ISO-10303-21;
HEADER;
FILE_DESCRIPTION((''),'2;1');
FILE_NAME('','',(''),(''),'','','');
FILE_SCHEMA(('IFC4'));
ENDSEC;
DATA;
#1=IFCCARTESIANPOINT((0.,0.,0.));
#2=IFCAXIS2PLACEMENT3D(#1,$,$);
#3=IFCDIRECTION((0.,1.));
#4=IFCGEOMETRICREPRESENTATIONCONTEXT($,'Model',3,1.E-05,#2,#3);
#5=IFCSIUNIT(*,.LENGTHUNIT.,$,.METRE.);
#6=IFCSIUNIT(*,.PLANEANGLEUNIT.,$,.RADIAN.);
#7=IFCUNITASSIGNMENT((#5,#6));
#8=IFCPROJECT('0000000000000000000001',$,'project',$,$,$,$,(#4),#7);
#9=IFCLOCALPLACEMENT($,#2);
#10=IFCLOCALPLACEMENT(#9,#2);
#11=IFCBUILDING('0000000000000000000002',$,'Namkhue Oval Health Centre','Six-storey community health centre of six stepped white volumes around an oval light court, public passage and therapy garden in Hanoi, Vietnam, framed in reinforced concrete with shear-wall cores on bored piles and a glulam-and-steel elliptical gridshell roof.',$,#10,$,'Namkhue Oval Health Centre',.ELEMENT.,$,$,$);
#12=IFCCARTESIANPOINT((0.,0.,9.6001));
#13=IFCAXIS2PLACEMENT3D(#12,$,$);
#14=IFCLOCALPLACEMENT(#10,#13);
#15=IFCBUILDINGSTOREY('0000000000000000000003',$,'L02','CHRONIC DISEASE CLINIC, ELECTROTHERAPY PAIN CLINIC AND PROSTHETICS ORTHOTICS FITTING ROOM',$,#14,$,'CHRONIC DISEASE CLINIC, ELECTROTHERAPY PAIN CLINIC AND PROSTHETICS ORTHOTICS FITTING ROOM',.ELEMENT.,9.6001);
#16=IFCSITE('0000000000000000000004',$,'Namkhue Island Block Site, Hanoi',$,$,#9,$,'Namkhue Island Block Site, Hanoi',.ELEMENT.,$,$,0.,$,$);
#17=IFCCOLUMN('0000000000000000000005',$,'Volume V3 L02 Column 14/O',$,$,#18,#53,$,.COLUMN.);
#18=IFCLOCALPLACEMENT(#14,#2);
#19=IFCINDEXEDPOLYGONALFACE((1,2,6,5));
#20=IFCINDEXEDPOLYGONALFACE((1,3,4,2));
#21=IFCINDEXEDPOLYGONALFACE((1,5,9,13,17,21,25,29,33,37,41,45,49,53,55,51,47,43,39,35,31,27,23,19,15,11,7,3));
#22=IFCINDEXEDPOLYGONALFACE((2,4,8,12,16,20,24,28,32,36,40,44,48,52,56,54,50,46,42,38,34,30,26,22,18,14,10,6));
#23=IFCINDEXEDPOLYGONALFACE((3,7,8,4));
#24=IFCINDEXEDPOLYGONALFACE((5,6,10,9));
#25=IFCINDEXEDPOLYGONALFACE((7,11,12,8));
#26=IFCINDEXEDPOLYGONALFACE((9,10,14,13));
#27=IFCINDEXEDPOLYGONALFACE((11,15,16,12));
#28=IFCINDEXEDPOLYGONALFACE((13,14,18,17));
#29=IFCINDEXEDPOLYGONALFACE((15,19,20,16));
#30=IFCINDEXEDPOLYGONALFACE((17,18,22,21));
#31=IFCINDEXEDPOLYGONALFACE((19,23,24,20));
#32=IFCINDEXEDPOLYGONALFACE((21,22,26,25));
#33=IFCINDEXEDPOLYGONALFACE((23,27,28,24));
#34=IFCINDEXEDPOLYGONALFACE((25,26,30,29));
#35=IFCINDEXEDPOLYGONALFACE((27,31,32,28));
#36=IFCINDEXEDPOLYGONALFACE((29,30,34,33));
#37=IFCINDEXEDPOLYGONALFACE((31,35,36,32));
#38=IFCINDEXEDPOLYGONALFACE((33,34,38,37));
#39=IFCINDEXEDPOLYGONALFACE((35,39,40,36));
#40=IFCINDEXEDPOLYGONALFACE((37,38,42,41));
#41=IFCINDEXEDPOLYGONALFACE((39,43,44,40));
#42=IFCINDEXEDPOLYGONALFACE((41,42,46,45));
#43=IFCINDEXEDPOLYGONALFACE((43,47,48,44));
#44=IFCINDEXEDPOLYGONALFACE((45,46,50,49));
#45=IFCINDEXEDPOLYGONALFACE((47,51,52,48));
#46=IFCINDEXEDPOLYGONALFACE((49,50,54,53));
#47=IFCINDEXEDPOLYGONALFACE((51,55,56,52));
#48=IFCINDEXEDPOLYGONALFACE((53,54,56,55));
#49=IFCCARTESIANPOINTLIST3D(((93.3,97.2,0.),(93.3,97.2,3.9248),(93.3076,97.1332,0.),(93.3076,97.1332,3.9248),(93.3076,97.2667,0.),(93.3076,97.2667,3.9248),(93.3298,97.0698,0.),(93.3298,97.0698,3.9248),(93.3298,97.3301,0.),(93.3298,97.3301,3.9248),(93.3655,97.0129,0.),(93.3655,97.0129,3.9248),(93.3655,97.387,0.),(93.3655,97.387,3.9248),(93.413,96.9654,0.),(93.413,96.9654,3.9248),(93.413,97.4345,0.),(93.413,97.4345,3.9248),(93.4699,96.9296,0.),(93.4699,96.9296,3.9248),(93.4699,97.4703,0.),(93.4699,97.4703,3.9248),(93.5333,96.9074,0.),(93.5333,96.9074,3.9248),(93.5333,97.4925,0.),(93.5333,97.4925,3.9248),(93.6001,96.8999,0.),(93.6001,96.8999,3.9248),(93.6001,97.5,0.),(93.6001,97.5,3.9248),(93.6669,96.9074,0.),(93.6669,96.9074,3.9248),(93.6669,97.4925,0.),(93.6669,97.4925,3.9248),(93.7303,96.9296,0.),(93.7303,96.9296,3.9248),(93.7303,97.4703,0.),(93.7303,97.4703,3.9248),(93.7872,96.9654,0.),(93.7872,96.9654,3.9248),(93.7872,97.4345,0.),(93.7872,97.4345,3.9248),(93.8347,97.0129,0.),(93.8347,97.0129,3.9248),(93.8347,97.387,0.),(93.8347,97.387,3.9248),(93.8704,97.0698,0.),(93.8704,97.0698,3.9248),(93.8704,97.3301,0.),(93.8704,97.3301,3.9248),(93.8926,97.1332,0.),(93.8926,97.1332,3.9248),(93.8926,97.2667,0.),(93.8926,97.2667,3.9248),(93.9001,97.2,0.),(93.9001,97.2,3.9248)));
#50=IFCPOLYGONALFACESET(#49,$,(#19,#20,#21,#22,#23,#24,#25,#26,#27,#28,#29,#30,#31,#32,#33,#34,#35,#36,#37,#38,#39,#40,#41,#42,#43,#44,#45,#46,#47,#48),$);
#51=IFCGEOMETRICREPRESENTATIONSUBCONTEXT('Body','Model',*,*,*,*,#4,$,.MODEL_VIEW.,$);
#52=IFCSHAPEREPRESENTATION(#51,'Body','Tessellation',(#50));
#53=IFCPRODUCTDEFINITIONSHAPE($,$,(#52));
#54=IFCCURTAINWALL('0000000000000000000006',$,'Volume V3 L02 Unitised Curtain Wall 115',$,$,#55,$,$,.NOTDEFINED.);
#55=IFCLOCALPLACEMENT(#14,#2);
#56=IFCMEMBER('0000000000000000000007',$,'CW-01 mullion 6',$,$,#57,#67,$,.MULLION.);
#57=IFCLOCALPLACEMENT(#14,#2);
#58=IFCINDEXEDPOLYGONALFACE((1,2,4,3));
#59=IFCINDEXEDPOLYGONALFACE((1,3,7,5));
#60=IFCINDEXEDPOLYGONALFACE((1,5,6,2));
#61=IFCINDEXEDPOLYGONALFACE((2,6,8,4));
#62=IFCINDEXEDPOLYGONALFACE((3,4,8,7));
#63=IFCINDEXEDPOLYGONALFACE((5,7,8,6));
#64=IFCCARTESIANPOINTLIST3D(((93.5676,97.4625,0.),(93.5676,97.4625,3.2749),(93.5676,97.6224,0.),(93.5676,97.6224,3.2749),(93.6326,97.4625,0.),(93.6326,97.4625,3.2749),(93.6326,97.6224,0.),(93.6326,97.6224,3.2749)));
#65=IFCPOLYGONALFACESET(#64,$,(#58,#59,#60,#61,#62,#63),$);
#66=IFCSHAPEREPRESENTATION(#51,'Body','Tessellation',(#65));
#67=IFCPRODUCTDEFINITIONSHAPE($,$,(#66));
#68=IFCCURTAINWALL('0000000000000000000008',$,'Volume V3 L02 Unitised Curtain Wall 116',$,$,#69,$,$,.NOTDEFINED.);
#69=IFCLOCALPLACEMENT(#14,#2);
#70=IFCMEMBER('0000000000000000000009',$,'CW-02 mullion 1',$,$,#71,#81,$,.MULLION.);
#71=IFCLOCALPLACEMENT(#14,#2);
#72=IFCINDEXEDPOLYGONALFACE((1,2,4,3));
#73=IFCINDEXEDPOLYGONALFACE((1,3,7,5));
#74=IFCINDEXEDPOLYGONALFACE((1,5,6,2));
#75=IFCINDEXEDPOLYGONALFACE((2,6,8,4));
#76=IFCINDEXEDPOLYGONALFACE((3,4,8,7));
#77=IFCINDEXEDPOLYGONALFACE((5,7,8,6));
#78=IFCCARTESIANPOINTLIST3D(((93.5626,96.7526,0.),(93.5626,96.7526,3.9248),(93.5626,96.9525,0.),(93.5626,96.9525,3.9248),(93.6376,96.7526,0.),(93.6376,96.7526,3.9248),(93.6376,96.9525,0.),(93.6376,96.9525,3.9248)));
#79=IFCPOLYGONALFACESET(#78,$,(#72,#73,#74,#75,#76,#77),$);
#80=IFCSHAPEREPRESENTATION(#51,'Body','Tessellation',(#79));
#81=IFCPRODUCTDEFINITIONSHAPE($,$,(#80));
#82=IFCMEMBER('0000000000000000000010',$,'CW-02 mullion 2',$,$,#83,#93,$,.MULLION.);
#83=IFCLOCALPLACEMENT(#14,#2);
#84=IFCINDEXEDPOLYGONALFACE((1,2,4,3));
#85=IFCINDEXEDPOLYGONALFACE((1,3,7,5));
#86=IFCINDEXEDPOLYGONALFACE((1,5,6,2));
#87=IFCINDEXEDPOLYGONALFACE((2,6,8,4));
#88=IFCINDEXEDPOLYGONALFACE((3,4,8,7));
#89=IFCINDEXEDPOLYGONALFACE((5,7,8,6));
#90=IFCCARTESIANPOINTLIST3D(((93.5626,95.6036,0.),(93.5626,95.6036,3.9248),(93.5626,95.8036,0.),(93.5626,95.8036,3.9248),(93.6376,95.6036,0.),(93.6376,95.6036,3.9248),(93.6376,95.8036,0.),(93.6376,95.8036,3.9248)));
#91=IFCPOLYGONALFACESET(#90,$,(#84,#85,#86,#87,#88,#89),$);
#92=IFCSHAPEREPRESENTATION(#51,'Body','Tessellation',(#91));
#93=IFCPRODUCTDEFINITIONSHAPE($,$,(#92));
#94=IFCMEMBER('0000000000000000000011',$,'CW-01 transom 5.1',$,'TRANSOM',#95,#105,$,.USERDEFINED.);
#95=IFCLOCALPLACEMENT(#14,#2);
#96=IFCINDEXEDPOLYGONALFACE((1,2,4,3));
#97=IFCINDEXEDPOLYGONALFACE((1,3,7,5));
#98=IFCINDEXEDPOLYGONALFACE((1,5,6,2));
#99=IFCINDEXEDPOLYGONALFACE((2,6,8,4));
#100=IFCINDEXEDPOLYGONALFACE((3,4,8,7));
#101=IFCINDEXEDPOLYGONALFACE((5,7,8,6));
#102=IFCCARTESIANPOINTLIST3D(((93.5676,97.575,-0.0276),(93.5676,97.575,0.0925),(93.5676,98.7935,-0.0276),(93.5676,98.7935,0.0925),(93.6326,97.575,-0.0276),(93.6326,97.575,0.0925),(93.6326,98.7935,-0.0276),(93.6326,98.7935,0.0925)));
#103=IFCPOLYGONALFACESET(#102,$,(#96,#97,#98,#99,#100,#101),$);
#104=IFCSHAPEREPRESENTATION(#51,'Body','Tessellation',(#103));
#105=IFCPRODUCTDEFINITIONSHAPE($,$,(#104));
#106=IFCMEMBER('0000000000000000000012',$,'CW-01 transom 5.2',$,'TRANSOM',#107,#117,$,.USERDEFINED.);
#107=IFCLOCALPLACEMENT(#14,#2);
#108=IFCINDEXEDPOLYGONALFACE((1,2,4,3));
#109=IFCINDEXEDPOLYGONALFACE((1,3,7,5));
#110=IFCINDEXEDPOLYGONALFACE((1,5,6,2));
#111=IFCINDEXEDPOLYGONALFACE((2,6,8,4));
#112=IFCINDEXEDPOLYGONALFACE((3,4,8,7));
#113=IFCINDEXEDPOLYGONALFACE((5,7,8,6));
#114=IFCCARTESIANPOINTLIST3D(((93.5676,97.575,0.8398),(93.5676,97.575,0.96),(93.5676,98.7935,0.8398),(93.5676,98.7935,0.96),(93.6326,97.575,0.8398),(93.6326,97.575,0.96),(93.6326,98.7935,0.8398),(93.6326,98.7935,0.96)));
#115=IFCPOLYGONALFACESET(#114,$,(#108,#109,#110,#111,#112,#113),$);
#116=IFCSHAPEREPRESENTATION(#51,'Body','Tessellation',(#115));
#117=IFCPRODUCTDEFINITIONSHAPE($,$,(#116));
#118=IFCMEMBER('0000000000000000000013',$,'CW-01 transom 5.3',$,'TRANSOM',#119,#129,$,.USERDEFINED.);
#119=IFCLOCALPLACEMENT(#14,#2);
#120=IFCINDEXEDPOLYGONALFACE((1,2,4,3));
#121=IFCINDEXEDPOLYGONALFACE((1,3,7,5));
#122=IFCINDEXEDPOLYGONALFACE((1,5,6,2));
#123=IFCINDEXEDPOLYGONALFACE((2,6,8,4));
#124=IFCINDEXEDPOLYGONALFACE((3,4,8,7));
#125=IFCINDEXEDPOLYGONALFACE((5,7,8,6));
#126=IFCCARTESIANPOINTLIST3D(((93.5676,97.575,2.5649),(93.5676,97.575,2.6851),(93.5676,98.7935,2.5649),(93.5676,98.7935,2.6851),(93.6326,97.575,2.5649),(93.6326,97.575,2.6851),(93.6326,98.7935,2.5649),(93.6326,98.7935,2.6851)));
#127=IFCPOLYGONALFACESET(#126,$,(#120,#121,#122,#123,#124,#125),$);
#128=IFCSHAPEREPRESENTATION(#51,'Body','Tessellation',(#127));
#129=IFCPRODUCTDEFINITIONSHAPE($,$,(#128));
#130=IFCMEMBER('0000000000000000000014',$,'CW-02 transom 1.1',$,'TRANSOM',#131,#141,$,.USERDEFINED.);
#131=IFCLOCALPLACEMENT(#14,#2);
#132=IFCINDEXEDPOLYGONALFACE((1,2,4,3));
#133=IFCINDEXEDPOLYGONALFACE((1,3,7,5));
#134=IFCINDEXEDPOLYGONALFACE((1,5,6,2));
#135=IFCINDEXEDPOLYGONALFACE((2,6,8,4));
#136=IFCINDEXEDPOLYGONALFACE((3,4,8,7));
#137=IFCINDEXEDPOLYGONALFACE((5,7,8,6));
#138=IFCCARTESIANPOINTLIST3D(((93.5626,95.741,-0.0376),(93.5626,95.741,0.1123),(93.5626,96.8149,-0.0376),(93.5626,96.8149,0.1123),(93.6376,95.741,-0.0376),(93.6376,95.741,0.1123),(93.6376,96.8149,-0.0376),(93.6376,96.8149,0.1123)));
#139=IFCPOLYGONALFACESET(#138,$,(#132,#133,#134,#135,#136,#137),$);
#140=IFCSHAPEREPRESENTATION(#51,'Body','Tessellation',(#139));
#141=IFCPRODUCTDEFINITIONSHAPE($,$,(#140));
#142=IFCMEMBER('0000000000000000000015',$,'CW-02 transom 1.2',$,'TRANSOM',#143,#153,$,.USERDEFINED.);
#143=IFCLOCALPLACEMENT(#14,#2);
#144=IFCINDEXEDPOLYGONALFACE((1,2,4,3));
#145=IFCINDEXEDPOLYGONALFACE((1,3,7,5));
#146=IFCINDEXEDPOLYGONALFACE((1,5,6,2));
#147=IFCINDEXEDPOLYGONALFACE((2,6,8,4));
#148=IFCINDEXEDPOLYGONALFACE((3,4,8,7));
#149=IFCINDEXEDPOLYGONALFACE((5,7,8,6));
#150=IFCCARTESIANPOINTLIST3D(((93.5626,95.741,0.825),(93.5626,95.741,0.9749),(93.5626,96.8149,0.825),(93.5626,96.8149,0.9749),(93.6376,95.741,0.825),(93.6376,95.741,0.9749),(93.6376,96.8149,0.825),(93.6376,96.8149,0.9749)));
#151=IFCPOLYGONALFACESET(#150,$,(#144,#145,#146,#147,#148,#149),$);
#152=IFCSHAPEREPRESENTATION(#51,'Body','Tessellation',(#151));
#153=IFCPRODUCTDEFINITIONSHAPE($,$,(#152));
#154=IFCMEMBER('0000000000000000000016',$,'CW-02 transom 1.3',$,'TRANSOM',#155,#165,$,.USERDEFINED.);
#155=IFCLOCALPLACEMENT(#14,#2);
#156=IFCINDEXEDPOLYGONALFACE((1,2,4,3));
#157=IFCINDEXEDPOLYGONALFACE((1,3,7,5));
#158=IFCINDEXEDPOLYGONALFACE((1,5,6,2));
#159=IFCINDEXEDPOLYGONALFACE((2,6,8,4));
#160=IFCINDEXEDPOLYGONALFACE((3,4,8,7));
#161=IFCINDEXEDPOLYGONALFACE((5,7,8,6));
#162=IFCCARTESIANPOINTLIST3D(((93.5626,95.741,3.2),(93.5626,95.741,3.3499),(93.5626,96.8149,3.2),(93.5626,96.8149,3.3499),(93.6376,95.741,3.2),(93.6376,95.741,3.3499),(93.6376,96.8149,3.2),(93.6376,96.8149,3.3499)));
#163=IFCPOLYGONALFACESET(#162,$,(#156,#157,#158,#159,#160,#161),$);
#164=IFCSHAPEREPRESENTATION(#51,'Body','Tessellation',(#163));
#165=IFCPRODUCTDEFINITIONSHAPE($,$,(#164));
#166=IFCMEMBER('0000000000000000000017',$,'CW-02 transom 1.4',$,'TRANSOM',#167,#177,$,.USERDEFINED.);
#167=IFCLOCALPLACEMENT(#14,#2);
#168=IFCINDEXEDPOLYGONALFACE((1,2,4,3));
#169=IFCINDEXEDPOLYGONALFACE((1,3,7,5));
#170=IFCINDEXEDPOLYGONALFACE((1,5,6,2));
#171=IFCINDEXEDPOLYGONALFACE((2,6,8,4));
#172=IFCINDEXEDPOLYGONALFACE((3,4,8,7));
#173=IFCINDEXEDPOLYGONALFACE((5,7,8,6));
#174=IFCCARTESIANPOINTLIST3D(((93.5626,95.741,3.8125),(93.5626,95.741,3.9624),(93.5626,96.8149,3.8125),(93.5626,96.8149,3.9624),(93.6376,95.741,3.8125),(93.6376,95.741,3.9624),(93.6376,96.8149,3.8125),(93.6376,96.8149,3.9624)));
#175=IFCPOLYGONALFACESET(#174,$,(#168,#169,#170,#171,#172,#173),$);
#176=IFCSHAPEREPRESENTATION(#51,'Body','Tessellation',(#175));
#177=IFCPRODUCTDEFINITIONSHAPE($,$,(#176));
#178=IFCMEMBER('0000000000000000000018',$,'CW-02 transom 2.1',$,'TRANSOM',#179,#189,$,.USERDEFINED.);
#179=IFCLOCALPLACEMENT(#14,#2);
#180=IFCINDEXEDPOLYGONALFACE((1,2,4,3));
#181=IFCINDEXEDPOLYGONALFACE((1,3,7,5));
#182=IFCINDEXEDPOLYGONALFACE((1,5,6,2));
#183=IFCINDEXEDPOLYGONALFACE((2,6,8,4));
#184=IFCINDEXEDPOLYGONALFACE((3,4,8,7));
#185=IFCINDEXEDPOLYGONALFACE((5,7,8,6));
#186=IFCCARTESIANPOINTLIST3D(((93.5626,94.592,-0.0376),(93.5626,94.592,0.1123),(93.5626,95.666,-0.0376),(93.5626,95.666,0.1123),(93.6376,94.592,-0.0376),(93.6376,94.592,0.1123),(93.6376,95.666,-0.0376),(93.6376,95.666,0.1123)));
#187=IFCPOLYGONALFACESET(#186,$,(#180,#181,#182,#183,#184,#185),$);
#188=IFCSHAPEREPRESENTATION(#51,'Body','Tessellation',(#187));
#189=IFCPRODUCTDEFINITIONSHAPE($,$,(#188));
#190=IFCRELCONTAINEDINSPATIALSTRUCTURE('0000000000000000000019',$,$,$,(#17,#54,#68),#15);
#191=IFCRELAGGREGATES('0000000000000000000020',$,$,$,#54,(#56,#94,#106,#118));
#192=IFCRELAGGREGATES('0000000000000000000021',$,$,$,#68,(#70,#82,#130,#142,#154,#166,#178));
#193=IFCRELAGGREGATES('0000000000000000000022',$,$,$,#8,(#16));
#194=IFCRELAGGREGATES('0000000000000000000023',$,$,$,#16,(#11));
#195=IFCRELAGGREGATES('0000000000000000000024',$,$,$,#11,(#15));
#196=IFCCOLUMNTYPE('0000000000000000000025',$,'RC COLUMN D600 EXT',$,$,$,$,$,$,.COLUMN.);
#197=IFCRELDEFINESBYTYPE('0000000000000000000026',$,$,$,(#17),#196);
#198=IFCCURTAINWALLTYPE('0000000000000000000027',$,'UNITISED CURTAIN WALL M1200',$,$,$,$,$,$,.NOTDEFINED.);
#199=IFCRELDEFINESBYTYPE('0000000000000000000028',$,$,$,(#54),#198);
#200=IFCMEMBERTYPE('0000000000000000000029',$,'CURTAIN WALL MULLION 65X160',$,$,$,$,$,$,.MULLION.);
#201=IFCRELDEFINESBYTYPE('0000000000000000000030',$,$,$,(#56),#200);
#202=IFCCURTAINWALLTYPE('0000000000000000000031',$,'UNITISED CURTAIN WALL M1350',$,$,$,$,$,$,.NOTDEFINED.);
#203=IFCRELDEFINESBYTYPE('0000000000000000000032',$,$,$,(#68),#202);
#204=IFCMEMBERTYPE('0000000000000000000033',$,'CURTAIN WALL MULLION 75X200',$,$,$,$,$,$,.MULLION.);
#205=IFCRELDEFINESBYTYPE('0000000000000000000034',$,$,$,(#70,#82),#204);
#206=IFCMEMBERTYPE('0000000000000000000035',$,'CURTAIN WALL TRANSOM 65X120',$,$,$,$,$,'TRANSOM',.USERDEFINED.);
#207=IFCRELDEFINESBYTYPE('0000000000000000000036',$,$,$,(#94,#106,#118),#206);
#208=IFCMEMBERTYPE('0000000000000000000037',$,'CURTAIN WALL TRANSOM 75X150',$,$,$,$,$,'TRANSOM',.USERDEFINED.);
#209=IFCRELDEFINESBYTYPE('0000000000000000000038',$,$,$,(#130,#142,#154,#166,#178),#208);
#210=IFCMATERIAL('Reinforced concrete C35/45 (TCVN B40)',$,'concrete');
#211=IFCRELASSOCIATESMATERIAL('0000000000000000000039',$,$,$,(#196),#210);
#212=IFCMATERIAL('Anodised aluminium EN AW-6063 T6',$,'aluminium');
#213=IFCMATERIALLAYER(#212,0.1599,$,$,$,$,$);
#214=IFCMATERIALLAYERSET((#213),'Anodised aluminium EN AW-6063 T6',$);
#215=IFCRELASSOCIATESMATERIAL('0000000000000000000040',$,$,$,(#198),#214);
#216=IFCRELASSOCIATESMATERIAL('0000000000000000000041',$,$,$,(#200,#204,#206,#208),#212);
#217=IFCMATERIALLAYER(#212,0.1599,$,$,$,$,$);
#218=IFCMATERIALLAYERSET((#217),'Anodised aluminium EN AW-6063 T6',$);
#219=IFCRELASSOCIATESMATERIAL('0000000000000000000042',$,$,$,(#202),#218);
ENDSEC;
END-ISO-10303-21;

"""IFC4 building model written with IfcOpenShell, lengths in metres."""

from ifc_helpers import new_model, si_unit, direction, frame, origin, origin_2d, place, context, subcontext, project, spatial, rectangle, circle, extrude, material, layer, layer_set, material_profile, profile_set, type_object, element, aggregate, save


model = new_model("IFC4")

# Units and contexts
model_context = context("Model", 3, precision=1e-05, world=origin(), true_north=direction((0.0, 1.0)))
body_context = subcontext(model_context, "Body", "Model", "MODEL_VIEW")
ifc_project = project(units=[si_unit("LENGTHUNIT", "METRE"), si_unit("PLANEANGLEUNIT", "RADIAN")], contexts=[model_context])

# Site, building, storey
site_placement = place(None, origin())
site = spatial("IfcSite", under=ifc_project, at=site_placement, Name="Namkhue Island Block Site, Hanoi", LongName="Namkhue Island Block Site, Hanoi", CompositionType="ELEMENT", RefElevation=0.0)
building_placement = place(site_placement, origin())
building = spatial("IfcBuilding", under=site, at=building_placement, Name="Namkhue Oval Health Centre", Description="Six-storey community health centre of six stepped white volumes around an oval light court, public passage and therapy garden in Hanoi, Vietnam, framed in reinforced concrete with shear-wall cores on bored piles and a glulam-and-steel elliptical gridshell roof.", LongName="Namkhue Oval Health Centre", CompositionType="ELEMENT")
storey_placement = place(building_placement, frame((0.0, 0.0, 9.6001)))
storey = spatial("IfcBuildingStorey", under=building, at=storey_placement, Name="L02", Description="CHRONIC DISEASE CLINIC, ELECTROTHERAPY PAIN CLINIC AND PROSTHETICS ORTHOTICS FITTING ROOM", LongName="CHRONIC DISEASE CLINIC, ELECTROTHERAPY PAIN CLINIC AND PROSTHETICS ORTHOTICS FITTING ROOM", CompositionType="ELEMENT", Elevation=9.6001)

# Column
ifc_material_1 = material(Name="Reinforced concrete C35/45 (TCVN B40)", Category="concrete")
ifc_material_profile_1 = material_profile(ifc_material_1, circle(Radius=0.3, at=origin_2d()), Name="RC D600")
ifc_profile_set_1 = profile_set([ifc_material_profile_1], Name="Reinforced concrete C35/45 (TCVN B40)")
column_type = type_object("IfcColumnType", Name="RC COLUMN D600 EXT", PredefinedType="COLUMN", material=ifc_profile_set_1)
column_placement = place(storey_placement, frame((93.6001, 97.2, 0.0), z_axis=(0.0, 0.0, 1.0), x_axis=(1.0, 0.0, 0.0)))
element("IfcColumn", 1, at=column_placement, inside=storey, type_object=column_type, Name="Volume V3 L02 Column 14/O", PredefinedType="COLUMN", context=body_context, shape_type="SweptSolid", body=[
    extrude(circle(Radius=0.3, at=origin_2d()), origin(), (0.0, 0.0, 1.0), 3.9248),
])

# Curtain wall, member
ifc_material_2 = material(Name="Anodised aluminium EN AW-6063 T6", Category="aluminium")
ifc_layer_1 = layer(ifc_material_2, 0.1599)
ifc_layer_set_1 = layer_set([ifc_layer_1], Name="Anodised aluminium EN AW-6063 T6")
curtain_wall_type_1 = type_object("IfcCurtainWallType", Name="UNITISED CURTAIN WALL M1200", PredefinedType="NOTDEFINED", material=ifc_layer_set_1)
curtain_wall_1_placement = place(storey_placement, origin())
curtain_wall_1 = element("IfcCurtainWall", 2, at=curtain_wall_1_placement, inside=storey, type_object=curtain_wall_type_1, Name="Volume V3 L02 Unitised Curtain Wall 115", PredefinedType="NOTDEFINED")
ifc_material_profile_2 = material_profile(ifc_material_2, rectangle(XDim=0.0649, YDim=0.1599, at=origin_2d()), Name="ALU 65x160")
ifc_profile_set_2 = profile_set([ifc_material_profile_2], Name="Anodised aluminium EN AW-6063 T6")
member_type_1 = type_object("IfcMemberType", Name="CURTAIN WALL MULLION 65X160", PredefinedType="MULLION", material=ifc_profile_set_2)
member_1_placement = place(storey_placement, frame((93.6001, 97.5425, 0.0), z_axis=(0.0, 0.0, 1.0), x_axis=(1.0, 0.0, 0.0)))
member_1 = element("IfcMember", 3, at=member_1_placement, type_object=member_type_1, Name="CW-01 mullion 6", PredefinedType="MULLION", context=body_context, shape_type="SweptSolid", body=[
    extrude(rectangle(XDim=0.0649, YDim=0.1599, at=origin_2d()), origin(), (0.0, 0.0, 1.0), 3.2749),
])

# Curtain wall, members
ifc_layer_2 = layer(ifc_material_2, 0.1599)
ifc_layer_set_2 = layer_set([ifc_layer_2], Name="Anodised aluminium EN AW-6063 T6")
curtain_wall_type_2 = type_object("IfcCurtainWallType", Name="UNITISED CURTAIN WALL M1350", PredefinedType="NOTDEFINED", material=ifc_layer_set_2)
curtain_wall_2_placement = place(storey_placement, origin())
curtain_wall_2 = element("IfcCurtainWall", 4, at=curtain_wall_2_placement, inside=storey, type_object=curtain_wall_type_2, Name="Volume V3 L02 Unitised Curtain Wall 116", PredefinedType="NOTDEFINED")
ifc_material_profile_3 = material_profile(ifc_material_2, rectangle(XDim=0.075, YDim=0.2, at=origin_2d()), Name="ALU 75x200")
ifc_profile_set_3 = profile_set([ifc_material_profile_3], Name="Anodised aluminium EN AW-6063 T6")
member_type_2 = type_object("IfcMemberType", Name="CURTAIN WALL MULLION 75X200", PredefinedType="MULLION", material=ifc_profile_set_3)
member_2_placement = place(storey_placement, frame((93.6001, 96.8525, 0.0), z_axis=(0.0, 0.0, 1.0), x_axis=(1.0, 0.0, 0.0)))
member_2 = element("IfcMember", 5, at=member_2_placement, type_object=member_type_2, Name="CW-02 mullion 1", PredefinedType="MULLION", context=body_context, shape_type="SweptSolid", body=[
    extrude(rectangle(XDim=0.075, YDim=0.2, at=origin_2d()), origin(), (0.0, 0.0, 1.0), 3.9248),
])
member_3_placement = place(storey_placement, frame((93.6001, 95.7036, 0.0), z_axis=(0.0, 0.0, 1.0), x_axis=(1.0, 0.0, 0.0)))
member_3 = element("IfcMember", 6, at=member_3_placement, type_object=member_type_2, Name="CW-02 mullion 2", PredefinedType="MULLION", context=body_context, shape_type="SweptSolid", body=[
    extrude(rectangle(XDim=0.075, YDim=0.2, at=origin_2d()), origin(), (0.0, 0.0, 1.0), 3.9248),
])

# Members
ifc_material_profile_4 = material_profile(ifc_material_2, rectangle(XDim=0.0649, YDim=0.1201, at=origin_2d()), Name="ALU 65x120")
ifc_profile_set_4 = profile_set([ifc_material_profile_4], Name="Anodised aluminium EN AW-6063 T6")
member_type_3 = type_object("IfcMemberType", Name="CURTAIN WALL TRANSOM 65X120", ElementType="TRANSOM", PredefinedType="USERDEFINED", material=ifc_profile_set_4)
member_4_placement = place(storey_placement, frame((93.6001, 98.7935, 0.0325), z_axis=(0.0, -1.0, 0.0), x_axis=(1.0, 0.0, 0.0)))
member_4 = element("IfcMember", 7, at=member_4_placement, type_object=member_type_3, Name="CW-01 transom 5.1", ObjectType="TRANSOM", PredefinedType="USERDEFINED", context=body_context, shape_type="SweptSolid", body=[
    extrude(rectangle(XDim=0.0649, YDim=0.1201, at=origin_2d()), origin(), (0.0, 0.0, 1.0), 1.2185),
])
member_5_placement = place(storey_placement, frame((93.6001, 98.7935, 0.8999), z_axis=(0.0, -1.0, 0.0), x_axis=(1.0, 0.0, 0.0)))
member_5 = element("IfcMember", 8, at=member_5_placement, type_object=member_type_3, Name="CW-01 transom 5.2", ObjectType="TRANSOM", PredefinedType="USERDEFINED", context=body_context, shape_type="SweptSolid", body=[
    extrude(rectangle(XDim=0.0649, YDim=0.1201, at=origin_2d()), origin(), (0.0, 0.0, 1.0), 1.2185),
])
member_6_placement = place(storey_placement, frame((93.6001, 98.7935, 2.625), z_axis=(0.0, -1.0, 0.0), x_axis=(1.0, 0.0, 0.0)))
member_6 = element("IfcMember", 9, at=member_6_placement, type_object=member_type_3, Name="CW-01 transom 5.3", ObjectType="TRANSOM", PredefinedType="USERDEFINED", context=body_context, shape_type="SweptSolid", body=[
    extrude(rectangle(XDim=0.0649, YDim=0.1201, at=origin_2d()), origin(), (0.0, 0.0, 1.0), 1.2185),
])
ifc_material_profile_5 = material_profile(ifc_material_2, rectangle(XDim=0.075, YDim=0.1499, at=origin_2d()), Name="ALU 75x150")
ifc_profile_set_5 = profile_set([ifc_material_profile_5], Name="Anodised aluminium EN AW-6063 T6")
member_type_4 = type_object("IfcMemberType", Name="CURTAIN WALL TRANSOM 75X150", ElementType="TRANSOM", PredefinedType="USERDEFINED", material=ifc_profile_set_5)
member_7_placement = place(storey_placement, frame((93.6001, 96.8149, 0.0374), z_axis=(0.0, -1.0, 0.0), x_axis=(1.0, 0.0, 0.0)))
member_7 = element("IfcMember", 10, at=member_7_placement, type_object=member_type_4, Name="CW-02 transom 1.1", ObjectType="TRANSOM", PredefinedType="USERDEFINED", context=body_context, shape_type="SweptSolid", body=[
    extrude(rectangle(XDim=0.075, YDim=0.1499, at=origin_2d()), origin(), (0.0, 0.0, 1.0), 1.074),
])
member_8_placement = place(storey_placement, frame((93.6001, 96.8149, 0.8999), z_axis=(0.0, -1.0, 0.0), x_axis=(1.0, 0.0, 0.0)))
member_8 = element("IfcMember", 11, at=member_8_placement, type_object=member_type_4, Name="CW-02 transom 1.2", ObjectType="TRANSOM", PredefinedType="USERDEFINED", context=body_context, shape_type="SweptSolid", body=[
    extrude(rectangle(XDim=0.075, YDim=0.1499, at=origin_2d()), origin(), (0.0, 0.0, 1.0), 1.074),
])
member_9_placement = place(storey_placement, frame((93.6001, 96.8149, 3.2749), z_axis=(0.0, -1.0, 0.0), x_axis=(1.0, 0.0, 0.0)))
member_9 = element("IfcMember", 12, at=member_9_placement, type_object=member_type_4, Name="CW-02 transom 1.3", ObjectType="TRANSOM", PredefinedType="USERDEFINED", context=body_context, shape_type="SweptSolid", body=[
    extrude(rectangle(XDim=0.075, YDim=0.1499, at=origin_2d()), origin(), (0.0, 0.0, 1.0), 1.074),
])
member_10_placement = place(storey_placement, frame((93.6001, 96.8149, 3.8875), z_axis=(0.0, -1.0, 0.0), x_axis=(1.0, 0.0, 0.0)))
member_10 = element("IfcMember", 13, at=member_10_placement, type_object=member_type_4, Name="CW-02 transom 1.4", ObjectType="TRANSOM", PredefinedType="USERDEFINED", context=body_context, shape_type="SweptSolid", body=[
    extrude(rectangle(XDim=0.075, YDim=0.1499, at=origin_2d()), origin(), (0.0, 0.0, 1.0), 1.074),
])
member_11_placement = place(storey_placement, frame((93.6001, 95.666, 0.0374), z_axis=(0.0, -1.0, 0.0), x_axis=(1.0, 0.0, 0.0)))
member_11 = element("IfcMember", 14, at=member_11_placement, type_object=member_type_4, Name="CW-02 transom 2.1", ObjectType="TRANSOM", PredefinedType="USERDEFINED", context=body_context, shape_type="SweptSolid", body=[
    extrude(rectangle(XDim=0.075, YDim=0.1499, at=origin_2d()), origin(), (0.0, 0.0, 1.0), 1.074),
])

aggregate(curtain_wall_1, [member_1, member_4, member_5, member_6])
aggregate(curtain_wall_2, [member_2, member_3, member_7, member_8, member_9, member_10, member_11])

save(model, "model.ifc")
